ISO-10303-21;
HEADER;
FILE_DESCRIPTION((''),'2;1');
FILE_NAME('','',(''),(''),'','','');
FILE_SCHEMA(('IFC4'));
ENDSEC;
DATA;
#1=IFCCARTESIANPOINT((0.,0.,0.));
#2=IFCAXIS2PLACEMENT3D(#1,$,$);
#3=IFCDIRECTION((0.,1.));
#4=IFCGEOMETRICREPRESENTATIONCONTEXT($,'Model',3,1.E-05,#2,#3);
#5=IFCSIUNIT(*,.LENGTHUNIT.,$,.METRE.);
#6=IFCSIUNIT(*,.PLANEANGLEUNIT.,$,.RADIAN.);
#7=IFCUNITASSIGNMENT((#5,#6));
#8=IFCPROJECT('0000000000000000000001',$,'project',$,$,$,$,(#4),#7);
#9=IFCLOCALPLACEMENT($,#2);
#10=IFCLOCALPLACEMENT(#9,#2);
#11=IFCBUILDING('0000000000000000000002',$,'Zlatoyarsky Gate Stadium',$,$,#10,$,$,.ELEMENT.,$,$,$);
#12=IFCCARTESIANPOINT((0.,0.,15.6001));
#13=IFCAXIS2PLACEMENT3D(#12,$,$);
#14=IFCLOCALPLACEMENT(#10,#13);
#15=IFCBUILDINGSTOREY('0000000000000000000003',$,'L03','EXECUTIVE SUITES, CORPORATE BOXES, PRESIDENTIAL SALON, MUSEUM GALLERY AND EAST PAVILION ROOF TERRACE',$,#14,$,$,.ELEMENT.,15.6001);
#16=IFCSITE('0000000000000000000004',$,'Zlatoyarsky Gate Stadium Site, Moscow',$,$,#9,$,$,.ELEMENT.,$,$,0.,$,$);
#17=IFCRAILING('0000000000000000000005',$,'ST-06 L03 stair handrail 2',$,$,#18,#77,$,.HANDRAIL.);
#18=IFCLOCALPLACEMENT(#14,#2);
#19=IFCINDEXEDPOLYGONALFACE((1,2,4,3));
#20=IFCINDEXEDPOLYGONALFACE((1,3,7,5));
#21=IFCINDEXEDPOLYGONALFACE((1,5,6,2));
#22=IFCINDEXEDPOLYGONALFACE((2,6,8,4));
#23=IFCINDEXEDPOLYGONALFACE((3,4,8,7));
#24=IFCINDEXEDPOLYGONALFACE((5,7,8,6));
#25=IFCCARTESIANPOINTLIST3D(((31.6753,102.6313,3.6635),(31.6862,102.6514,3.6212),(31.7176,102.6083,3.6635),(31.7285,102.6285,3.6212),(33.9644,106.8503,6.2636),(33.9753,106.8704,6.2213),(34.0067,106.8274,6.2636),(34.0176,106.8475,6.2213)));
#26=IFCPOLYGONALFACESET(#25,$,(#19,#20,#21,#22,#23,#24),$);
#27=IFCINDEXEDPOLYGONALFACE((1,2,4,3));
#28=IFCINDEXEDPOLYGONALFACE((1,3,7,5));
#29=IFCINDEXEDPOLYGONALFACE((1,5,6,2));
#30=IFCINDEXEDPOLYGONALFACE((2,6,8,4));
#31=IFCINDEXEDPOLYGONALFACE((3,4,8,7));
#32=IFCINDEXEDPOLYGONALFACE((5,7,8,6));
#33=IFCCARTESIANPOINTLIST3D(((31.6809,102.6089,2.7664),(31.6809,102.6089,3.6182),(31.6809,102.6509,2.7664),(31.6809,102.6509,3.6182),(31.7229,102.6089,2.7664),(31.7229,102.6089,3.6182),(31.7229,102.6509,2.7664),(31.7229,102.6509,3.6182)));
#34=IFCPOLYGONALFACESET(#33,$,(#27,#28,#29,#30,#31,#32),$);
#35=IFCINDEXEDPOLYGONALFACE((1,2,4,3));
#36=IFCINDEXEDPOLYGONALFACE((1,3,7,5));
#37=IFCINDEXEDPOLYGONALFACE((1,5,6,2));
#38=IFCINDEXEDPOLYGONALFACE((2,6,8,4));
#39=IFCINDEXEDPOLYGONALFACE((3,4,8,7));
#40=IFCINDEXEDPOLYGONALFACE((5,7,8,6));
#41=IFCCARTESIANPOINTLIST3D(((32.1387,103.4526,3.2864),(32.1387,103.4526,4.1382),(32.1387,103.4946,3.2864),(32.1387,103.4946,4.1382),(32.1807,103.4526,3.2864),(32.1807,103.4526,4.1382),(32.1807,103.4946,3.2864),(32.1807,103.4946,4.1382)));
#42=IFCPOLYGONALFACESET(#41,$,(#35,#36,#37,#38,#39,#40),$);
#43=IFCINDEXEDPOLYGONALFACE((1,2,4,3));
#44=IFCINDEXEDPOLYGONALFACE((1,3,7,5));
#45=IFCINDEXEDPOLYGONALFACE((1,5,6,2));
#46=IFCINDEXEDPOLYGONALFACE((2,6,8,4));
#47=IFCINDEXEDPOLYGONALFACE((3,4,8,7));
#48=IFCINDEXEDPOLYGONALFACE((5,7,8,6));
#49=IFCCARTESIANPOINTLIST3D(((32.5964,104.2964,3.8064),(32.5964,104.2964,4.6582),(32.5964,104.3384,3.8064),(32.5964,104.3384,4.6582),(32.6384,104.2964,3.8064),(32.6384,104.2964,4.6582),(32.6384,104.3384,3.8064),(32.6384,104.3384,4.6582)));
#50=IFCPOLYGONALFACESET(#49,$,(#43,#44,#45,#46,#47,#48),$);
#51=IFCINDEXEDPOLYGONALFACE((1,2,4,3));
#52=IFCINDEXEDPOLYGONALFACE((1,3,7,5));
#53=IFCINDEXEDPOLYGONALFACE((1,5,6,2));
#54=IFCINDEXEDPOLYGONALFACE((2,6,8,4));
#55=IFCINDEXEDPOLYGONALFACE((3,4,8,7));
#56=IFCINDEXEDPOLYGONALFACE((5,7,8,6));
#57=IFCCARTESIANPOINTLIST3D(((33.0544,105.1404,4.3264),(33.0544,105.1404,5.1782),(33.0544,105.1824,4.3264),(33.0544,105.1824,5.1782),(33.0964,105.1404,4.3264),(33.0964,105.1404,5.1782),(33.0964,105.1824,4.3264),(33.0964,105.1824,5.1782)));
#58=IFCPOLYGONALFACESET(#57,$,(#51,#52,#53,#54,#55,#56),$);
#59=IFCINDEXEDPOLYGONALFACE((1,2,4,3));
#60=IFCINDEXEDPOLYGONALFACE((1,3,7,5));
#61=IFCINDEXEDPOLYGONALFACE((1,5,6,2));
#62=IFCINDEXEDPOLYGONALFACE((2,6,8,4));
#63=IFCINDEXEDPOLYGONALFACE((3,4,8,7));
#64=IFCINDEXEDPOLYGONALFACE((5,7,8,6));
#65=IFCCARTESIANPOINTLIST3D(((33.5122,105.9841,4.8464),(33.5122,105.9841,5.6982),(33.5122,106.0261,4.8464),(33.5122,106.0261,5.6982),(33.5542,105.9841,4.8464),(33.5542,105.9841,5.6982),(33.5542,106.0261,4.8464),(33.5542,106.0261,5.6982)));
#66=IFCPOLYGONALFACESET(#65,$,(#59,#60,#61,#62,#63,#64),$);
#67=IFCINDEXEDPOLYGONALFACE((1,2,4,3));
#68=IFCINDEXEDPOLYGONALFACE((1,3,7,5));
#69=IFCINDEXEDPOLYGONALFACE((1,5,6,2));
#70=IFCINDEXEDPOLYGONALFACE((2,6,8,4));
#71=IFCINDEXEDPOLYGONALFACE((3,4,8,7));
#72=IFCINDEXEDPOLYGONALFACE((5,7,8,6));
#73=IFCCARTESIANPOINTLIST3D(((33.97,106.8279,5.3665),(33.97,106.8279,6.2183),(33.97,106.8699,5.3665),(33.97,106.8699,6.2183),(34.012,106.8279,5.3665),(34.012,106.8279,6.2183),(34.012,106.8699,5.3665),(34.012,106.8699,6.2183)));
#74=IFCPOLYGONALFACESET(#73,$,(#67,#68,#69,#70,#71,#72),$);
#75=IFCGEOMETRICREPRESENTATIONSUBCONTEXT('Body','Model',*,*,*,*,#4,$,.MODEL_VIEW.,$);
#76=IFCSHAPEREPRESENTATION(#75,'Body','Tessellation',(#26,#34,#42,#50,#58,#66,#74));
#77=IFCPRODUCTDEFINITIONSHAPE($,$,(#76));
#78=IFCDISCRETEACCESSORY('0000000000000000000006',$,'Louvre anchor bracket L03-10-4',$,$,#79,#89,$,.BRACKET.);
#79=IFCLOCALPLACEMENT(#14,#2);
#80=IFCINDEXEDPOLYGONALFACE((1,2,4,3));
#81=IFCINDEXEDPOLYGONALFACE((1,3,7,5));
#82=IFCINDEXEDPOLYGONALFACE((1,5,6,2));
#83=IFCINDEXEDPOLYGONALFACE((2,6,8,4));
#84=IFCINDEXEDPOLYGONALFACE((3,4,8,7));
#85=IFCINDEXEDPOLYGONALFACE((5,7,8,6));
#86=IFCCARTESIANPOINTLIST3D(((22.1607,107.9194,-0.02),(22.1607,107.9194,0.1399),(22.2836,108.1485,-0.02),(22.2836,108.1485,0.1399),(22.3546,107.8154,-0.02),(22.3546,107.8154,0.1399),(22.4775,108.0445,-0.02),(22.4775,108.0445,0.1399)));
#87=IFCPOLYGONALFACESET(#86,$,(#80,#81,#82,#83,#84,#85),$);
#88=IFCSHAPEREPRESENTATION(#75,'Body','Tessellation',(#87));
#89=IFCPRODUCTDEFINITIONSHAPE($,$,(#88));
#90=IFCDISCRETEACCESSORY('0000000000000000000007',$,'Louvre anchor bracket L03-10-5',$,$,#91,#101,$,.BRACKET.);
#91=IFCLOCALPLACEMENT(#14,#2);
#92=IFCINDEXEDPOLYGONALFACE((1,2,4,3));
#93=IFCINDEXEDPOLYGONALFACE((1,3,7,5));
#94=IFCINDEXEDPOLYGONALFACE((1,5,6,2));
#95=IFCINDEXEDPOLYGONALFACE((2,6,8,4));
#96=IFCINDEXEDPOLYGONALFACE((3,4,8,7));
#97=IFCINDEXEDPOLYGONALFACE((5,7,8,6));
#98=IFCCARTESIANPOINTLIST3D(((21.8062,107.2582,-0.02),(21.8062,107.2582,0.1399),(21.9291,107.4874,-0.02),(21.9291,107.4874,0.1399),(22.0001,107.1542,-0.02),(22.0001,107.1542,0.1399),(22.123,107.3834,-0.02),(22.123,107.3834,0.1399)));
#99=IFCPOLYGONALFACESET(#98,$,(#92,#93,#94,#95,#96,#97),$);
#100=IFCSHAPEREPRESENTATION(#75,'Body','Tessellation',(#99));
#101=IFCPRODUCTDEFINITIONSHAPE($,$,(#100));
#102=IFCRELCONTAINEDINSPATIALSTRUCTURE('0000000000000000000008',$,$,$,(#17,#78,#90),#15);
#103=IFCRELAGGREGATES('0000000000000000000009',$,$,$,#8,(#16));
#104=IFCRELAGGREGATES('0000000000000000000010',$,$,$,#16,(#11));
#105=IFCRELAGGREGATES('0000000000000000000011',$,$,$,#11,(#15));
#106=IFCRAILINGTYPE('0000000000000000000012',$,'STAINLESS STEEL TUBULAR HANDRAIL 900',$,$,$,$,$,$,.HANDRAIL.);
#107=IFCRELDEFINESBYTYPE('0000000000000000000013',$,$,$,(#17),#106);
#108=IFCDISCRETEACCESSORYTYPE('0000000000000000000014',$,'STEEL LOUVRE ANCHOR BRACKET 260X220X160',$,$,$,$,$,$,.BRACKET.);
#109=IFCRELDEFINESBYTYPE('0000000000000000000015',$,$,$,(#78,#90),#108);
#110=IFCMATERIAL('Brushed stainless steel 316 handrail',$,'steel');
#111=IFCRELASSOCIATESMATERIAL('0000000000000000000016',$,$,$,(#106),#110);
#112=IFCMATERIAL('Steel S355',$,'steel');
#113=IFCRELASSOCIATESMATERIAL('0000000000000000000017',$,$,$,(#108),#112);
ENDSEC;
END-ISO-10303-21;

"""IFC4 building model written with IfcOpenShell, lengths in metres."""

from ifc_helpers import new_model, si_unit, direction, frame, origin, origin_2d, place, context, subcontext, project, spatial, rectangle, extrude, material, type_object, element, save


model = new_model("IFC4")

# Units and contexts
model_context = context("Model", 3, precision=1e-05, world=origin(), true_north=direction((0.0, 1.0)))
body_context = subcontext(model_context, "Body", "Model", "MODEL_VIEW")
ifc_project = project(units=[si_unit("LENGTHUNIT", "METRE"), si_unit("PLANEANGLEUNIT", "RADIAN")], contexts=[model_context])

# Site, building, storey
site_placement = place(None, origin())
site = spatial("IfcSite", under=ifc_project, at=site_placement, Name="Zlatoyarsky Gate Stadium Site, Moscow", CompositionType="ELEMENT", RefElevation=0.0)
building_placement = place(site_placement, origin())
building = spatial("IfcBuilding", under=site, at=building_placement, Name="Zlatoyarsky Gate Stadium", CompositionType="ELEMENT")
storey_placement = place(building_placement, frame((0.0, 0.0, 15.6001)))
storey = spatial("IfcBuildingStorey", under=building, at=storey_placement, Name="L03", Description="EXECUTIVE SUITES, CORPORATE BOXES, PRESIDENTIAL SALON, MUSEUM GALLERY AND EAST PAVILION ROOF TERRACE", CompositionType="ELEMENT", Elevation=15.6001)

# Shared definitions
ifc_material_1 = material(Name="Steel S355", Category="steel")

# Railing
ifc_material_2 = material(Name="Brushed stainless steel 316 handrail", Category="steel")
railing_type_1 = type_object("IfcRailingType", Name="STAINLESS STEEL TUBULAR HANDRAIL 900", PredefinedType="HANDRAIL", material=ifc_material_2)
railing_1_placement = place(storey_placement, frame((31.7019, 102.6299, 2.7664)))
element("IfcRailing", 1, at=railing_1_placement, inside=storey, type_object=railing_type_1, Name="ST-06 L03 stair handrail 2", PredefinedType="HANDRAIL", context=body_context, shape_type="SweptSolid", body=[
    extrude(rectangle(XDim=0.0481, YDim=0.0481, at=origin_2d()), frame((0.0, 0.0, 0.876), z_axis=(0.419322, 0.772857, 0.476299), x_axis=(-0.878962, 0.476891, 0.0)), (0.0, 0.0, 1.0), 5.459),
    extrude(rectangle(XDim=0.042, YDim=0.042, at=origin_2d()), origin(), (0.0, 0.0, 1.0), 0.8518),
    extrude(rectangle(XDim=0.042, YDim=0.042, at=origin_2d()), frame((0.4578, 0.8438, 0.52)), (0.0, 0.0, 1.0), 0.8518),
    extrude(rectangle(XDim=0.042, YDim=0.042, at=origin_2d()), frame((0.9155, 1.6875, 1.04)), (0.0, 0.0, 1.0), 0.8518),
    extrude(rectangle(XDim=0.042, YDim=0.042, at=origin_2d()), frame((1.3735, 2.5315, 1.5601)), (0.0, 0.0, 1.0), 0.8518),
    extrude(rectangle(XDim=0.042, YDim=0.042, at=origin_2d()), frame((1.8313, 3.3752, 2.0801)), (0.0, 0.0, 1.0), 0.8518),
    extrude(rectangle(XDim=0.042, YDim=0.042, at=origin_2d()), frame((2.2891, 4.219, 2.6001)), (0.0, 0.0, 1.0), 0.8518),
])

# Discrete accessories
discrete_accessory_type = type_object("IfcDiscreteAccessoryType", Name="STEEL LOUVRE ANCHOR BRACKET 260X220X160", PredefinedType="BRACKET", material=ifc_material_1)
for number, where, z_axis, x_axis, name in (
    (2, (22.3191, 107.9819, -0.02), (0.0, 0.0, 1.0), (-0.472643, -0.881254, 0.0), "Louvre anchor bracket L03-10-4"),
    (3, (21.9646, 107.3208, -0.02), (0.0, 0.0, 1.0), (-0.472643, -0.881254, 0.0), "Louvre anchor bracket L03-10-5"),
):
    element("IfcDiscreteAccessory", number, at=place(storey_placement, frame(where, z_axis=z_axis, x_axis=x_axis)), inside=storey, type_object=discrete_accessory_type, Name=name, PredefinedType="BRACKET", context=body_context, shape_type="SweptSolid", body=[
        extrude(rectangle(XDim=0.26, YDim=0.22, at=origin_2d()), origin(), (0.0, 0.0, 1.0), 0.1599),
    ])

save(model, "model.ifc")
